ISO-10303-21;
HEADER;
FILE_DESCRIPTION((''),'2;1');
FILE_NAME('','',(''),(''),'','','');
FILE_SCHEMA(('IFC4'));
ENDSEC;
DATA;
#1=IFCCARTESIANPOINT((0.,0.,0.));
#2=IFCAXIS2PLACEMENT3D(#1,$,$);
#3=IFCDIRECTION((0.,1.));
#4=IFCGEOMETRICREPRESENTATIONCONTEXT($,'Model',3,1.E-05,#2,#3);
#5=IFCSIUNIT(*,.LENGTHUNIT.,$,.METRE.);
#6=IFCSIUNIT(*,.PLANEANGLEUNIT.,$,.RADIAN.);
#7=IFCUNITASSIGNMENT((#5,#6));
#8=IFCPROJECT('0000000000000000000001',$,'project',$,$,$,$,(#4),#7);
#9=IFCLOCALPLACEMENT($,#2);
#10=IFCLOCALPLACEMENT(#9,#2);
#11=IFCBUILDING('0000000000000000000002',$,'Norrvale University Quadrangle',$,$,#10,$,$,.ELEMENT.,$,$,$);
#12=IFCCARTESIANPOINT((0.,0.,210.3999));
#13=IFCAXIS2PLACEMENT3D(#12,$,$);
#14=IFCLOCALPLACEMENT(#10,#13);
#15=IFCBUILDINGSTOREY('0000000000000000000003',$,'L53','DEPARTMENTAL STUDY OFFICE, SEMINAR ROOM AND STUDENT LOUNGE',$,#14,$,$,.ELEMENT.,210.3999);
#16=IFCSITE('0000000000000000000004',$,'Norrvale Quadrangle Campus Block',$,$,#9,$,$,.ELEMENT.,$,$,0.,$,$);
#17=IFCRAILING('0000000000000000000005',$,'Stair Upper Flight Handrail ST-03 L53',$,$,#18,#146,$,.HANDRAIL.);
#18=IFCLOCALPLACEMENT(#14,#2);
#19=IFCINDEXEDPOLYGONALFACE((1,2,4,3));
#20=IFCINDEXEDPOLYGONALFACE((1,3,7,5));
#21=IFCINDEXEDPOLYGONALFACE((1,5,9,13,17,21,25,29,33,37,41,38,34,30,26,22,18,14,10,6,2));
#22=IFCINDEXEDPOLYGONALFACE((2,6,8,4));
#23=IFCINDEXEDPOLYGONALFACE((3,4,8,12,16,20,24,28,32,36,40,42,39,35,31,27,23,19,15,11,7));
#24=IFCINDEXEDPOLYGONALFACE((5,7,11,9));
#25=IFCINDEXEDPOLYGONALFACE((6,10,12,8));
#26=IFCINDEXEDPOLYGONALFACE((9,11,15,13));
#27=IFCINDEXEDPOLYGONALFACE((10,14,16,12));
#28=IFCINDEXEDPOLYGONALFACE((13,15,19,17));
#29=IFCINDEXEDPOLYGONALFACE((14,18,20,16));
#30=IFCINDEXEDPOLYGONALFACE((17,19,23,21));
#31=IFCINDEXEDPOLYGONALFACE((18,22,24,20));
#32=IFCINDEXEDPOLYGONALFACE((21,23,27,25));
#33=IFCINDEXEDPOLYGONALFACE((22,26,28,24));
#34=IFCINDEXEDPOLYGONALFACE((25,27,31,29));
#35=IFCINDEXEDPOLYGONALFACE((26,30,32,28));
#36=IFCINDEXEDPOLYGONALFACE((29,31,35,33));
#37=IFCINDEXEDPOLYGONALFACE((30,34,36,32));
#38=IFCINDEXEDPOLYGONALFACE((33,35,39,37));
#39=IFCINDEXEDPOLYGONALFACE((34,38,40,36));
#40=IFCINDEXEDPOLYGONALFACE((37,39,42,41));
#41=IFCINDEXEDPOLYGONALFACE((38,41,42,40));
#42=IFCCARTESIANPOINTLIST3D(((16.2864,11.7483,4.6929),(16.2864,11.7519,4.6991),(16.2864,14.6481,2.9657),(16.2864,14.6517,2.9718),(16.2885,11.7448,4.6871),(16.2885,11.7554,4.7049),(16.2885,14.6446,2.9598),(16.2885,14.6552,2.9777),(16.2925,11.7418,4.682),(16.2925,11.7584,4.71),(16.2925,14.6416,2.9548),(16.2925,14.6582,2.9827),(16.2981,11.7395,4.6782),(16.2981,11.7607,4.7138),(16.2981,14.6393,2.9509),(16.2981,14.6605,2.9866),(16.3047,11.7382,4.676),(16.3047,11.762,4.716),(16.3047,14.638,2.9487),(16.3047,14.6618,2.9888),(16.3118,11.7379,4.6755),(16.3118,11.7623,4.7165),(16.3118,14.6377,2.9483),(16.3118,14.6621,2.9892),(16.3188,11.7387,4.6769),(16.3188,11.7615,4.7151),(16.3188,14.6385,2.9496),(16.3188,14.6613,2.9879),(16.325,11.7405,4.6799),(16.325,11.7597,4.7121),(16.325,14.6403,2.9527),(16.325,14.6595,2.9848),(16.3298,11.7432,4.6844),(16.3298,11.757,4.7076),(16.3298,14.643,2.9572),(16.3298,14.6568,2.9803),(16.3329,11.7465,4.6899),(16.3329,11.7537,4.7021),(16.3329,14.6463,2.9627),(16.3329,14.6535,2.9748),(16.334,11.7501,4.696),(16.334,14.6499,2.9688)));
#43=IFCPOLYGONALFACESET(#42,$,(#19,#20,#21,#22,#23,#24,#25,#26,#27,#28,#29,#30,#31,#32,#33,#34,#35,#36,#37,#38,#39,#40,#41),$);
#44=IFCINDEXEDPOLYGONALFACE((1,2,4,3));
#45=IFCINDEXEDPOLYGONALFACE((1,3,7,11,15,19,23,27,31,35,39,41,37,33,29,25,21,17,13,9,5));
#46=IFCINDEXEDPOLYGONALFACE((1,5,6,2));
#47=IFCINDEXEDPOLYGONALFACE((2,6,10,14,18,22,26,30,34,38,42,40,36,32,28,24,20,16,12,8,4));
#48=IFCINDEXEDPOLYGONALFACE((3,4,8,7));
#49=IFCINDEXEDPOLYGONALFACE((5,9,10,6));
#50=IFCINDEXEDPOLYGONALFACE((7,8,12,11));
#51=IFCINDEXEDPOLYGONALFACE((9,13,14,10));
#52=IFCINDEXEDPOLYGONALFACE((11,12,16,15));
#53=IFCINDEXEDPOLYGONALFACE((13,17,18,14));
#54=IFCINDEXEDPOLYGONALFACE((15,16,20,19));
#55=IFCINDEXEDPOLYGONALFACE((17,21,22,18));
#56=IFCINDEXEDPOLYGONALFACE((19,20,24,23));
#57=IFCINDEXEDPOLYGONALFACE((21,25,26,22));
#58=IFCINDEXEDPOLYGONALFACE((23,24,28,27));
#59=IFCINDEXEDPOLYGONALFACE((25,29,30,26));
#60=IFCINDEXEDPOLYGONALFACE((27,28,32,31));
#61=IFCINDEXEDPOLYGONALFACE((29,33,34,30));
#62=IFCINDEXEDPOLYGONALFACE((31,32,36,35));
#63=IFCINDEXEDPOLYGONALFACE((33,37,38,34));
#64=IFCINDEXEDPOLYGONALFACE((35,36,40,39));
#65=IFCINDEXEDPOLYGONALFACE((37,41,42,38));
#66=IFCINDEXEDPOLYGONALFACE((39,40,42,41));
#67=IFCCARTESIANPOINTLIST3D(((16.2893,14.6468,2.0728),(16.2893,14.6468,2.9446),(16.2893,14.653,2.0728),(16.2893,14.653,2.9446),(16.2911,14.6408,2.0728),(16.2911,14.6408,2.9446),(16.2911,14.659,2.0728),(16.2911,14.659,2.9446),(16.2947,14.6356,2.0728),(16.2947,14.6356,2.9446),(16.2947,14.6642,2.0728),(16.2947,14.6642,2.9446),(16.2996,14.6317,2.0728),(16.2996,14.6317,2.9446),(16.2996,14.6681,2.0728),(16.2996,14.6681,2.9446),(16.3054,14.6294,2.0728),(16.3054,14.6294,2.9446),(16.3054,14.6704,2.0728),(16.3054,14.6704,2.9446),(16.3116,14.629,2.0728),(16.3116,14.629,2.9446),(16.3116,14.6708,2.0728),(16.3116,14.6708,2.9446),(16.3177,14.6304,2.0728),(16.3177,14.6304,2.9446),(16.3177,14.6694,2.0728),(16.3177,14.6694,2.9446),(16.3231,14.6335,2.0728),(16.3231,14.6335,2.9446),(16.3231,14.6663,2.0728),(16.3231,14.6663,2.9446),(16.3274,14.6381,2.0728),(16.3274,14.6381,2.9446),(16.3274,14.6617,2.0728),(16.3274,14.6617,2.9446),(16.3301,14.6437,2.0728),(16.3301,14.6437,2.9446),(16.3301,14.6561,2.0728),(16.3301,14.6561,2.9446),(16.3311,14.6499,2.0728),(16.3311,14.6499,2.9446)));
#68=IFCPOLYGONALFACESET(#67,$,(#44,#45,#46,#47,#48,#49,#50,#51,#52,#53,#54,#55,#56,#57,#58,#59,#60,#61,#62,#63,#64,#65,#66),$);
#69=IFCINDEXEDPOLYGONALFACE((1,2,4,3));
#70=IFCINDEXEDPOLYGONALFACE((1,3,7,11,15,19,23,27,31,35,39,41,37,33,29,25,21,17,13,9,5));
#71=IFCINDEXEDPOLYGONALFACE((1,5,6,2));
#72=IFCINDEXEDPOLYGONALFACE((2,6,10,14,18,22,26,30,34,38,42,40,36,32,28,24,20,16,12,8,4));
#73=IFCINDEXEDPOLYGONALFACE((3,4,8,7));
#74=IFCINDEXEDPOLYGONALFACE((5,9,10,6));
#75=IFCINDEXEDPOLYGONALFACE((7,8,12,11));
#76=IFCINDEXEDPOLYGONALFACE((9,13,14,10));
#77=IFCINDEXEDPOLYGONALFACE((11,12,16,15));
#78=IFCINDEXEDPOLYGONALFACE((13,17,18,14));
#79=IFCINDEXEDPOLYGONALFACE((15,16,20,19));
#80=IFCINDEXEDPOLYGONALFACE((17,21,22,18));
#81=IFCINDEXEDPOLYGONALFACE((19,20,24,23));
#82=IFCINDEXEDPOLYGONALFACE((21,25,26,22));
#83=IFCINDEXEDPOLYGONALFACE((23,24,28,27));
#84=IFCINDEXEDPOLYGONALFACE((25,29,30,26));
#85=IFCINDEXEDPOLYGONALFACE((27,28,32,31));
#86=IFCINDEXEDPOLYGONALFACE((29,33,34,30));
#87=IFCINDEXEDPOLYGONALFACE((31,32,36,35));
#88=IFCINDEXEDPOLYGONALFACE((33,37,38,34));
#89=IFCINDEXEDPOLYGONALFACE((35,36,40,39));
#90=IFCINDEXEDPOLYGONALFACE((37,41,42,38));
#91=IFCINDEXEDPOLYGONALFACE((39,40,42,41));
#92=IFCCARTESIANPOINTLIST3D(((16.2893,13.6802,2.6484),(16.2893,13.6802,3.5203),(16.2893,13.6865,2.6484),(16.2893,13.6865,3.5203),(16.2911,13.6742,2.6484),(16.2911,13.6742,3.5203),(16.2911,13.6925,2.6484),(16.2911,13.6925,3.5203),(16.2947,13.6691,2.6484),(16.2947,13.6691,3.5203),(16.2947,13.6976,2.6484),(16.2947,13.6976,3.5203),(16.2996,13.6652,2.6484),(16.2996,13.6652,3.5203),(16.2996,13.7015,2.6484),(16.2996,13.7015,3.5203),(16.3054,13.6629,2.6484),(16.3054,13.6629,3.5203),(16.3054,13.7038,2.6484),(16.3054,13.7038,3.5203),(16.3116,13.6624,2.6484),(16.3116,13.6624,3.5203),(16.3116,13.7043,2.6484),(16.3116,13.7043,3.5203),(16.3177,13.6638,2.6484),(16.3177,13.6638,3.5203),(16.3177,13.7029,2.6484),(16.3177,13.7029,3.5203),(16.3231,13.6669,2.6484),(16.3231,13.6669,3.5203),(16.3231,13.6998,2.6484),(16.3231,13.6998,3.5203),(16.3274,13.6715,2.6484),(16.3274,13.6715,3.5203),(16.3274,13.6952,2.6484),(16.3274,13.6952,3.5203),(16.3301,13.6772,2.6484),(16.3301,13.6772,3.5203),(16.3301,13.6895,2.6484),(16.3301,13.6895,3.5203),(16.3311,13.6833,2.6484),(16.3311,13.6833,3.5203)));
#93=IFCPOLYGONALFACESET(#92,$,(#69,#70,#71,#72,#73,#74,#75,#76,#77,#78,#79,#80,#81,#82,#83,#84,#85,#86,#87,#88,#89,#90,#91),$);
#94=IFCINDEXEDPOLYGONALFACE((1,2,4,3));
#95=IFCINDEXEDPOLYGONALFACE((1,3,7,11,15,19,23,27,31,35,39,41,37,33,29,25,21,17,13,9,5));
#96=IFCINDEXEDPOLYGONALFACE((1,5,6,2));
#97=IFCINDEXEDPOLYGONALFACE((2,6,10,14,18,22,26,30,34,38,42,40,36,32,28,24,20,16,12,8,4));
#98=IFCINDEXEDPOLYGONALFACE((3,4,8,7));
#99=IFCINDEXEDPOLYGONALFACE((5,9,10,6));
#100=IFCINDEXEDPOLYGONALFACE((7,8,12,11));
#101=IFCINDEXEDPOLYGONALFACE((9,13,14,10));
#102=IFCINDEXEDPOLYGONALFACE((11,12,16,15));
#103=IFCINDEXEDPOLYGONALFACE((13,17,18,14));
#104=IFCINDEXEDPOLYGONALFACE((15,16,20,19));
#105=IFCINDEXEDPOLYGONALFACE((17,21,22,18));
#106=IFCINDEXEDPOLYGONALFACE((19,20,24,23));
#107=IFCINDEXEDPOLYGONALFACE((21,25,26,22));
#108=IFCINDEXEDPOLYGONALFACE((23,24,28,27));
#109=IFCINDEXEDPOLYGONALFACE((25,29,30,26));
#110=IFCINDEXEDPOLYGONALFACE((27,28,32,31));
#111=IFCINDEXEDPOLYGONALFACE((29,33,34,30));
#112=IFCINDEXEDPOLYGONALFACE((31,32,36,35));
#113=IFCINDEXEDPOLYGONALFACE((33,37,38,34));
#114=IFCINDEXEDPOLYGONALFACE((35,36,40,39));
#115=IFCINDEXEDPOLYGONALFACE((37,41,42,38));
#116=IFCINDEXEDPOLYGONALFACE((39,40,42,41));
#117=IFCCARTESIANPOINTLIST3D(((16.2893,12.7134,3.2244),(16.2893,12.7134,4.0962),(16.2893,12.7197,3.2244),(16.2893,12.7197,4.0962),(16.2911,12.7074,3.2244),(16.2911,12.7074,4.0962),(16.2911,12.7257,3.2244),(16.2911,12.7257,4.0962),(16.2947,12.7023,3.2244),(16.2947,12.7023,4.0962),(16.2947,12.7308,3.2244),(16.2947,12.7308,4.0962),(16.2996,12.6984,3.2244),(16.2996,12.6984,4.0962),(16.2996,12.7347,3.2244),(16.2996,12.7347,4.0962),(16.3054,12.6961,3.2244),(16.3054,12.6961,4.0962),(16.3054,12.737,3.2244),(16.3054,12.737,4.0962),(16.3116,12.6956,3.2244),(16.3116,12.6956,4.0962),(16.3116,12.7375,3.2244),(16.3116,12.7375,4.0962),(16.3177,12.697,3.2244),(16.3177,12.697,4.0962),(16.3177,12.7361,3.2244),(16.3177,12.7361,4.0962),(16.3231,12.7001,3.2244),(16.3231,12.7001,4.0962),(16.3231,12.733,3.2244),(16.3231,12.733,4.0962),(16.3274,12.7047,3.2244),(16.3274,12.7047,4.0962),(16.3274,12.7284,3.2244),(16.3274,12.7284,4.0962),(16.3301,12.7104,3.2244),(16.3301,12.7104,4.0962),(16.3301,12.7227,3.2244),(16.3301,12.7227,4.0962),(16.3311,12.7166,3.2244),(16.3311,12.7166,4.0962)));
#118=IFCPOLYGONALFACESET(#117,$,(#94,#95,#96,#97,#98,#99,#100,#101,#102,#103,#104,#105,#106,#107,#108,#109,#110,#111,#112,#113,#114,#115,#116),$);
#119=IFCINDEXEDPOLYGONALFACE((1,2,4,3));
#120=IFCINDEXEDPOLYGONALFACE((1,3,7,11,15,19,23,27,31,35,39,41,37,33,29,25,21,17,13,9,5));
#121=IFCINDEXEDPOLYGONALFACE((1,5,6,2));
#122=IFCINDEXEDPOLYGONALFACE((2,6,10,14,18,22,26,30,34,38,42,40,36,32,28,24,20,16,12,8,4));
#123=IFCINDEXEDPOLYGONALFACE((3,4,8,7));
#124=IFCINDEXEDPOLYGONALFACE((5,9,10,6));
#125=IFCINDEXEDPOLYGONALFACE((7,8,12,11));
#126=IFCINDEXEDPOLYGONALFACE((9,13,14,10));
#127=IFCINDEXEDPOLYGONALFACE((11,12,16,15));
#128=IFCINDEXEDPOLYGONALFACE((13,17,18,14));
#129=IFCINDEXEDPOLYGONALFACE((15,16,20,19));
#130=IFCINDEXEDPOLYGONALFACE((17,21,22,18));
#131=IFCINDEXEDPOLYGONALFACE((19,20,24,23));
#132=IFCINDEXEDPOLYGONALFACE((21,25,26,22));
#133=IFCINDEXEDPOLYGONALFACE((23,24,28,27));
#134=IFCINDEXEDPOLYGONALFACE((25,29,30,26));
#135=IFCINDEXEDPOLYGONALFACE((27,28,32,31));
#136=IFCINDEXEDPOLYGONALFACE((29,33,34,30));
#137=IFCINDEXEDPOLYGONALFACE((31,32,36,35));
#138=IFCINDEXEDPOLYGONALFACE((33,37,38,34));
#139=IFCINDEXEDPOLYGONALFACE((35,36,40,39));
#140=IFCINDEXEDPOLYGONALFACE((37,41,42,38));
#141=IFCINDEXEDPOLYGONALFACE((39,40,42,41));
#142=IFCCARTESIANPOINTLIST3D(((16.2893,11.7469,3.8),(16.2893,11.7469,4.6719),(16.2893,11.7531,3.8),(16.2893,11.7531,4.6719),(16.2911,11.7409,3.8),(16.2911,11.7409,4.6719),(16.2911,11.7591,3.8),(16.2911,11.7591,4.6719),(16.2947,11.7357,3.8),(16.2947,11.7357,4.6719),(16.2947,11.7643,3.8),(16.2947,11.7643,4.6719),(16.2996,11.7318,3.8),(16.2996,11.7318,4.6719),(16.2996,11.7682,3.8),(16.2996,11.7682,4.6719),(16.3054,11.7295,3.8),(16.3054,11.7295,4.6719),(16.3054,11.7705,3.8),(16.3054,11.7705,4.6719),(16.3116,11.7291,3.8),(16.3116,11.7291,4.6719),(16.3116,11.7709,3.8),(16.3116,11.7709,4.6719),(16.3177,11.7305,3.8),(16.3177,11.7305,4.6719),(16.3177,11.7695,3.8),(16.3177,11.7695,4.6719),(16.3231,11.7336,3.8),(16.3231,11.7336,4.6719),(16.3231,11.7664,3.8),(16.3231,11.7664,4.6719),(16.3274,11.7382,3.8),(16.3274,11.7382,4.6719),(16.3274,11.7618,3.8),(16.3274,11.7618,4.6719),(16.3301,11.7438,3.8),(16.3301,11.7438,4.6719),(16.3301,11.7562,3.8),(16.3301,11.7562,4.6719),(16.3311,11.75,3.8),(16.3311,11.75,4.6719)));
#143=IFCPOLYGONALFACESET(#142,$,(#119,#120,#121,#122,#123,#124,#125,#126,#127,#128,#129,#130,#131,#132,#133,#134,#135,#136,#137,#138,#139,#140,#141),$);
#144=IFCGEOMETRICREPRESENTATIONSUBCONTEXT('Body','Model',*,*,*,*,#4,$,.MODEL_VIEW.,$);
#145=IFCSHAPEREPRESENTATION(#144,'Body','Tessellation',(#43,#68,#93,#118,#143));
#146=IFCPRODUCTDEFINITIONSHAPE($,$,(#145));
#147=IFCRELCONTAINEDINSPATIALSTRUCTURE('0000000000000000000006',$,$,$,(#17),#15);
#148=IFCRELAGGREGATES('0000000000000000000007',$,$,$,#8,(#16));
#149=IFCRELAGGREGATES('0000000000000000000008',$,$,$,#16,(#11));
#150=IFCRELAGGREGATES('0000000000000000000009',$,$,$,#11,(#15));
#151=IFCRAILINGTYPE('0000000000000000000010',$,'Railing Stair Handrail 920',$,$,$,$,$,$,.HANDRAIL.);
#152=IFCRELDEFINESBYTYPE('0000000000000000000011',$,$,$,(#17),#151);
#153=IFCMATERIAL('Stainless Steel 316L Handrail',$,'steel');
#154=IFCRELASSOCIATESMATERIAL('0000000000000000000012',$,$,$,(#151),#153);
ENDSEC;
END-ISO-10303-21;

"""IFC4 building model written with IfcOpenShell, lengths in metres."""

from ifc_helpers import new_model, si_unit, direction, frame, origin, origin_2d, place, context, subcontext, project, spatial, circle, extrude, material, type_object, element, save


model = new_model("IFC4")

# Units and contexts
model_context = context("Model", 3, precision=1e-05, world=origin(), true_north=direction((0.0, 1.0)))
body_context = subcontext(model_context, "Body", "Model", "MODEL_VIEW")
ifc_project = project(units=[si_unit("LENGTHUNIT", "METRE"), si_unit("PLANEANGLEUNIT", "RADIAN")], contexts=[model_context])

# Site, building, storey
site_placement = place(None, origin())
site = spatial("IfcSite", under=ifc_project, at=site_placement, Name="Norrvale Quadrangle Campus Block", CompositionType="ELEMENT", RefElevation=0.0)
building_placement = place(site_placement, origin())
building = spatial("IfcBuilding", under=site, at=building_placement, Name="Norrvale University Quadrangle", CompositionType="ELEMENT")
storey_placement = place(building_placement, frame((0.0, 0.0, 210.3999)))
storey = spatial("IfcBuildingStorey", under=building, at=storey_placement, Name="L53", Description="DEPARTMENTAL STUDY OFFICE, SEMINAR ROOM AND STUDENT LOUNGE", CompositionType="ELEMENT", Elevation=210.3999)

# Railing
ifc_material_1 = material(Name="Stainless Steel 316L Handrail", Category="steel")
railing_type_1 = type_object("IfcRailingType", Name="Railing Stair Handrail 920", PredefinedType="HANDRAIL", material=ifc_material_1)
railing_1_placement = place(storey_placement, frame((16.3101, 14.6499, 2.0728)))
element("IfcRailing", 1, at=railing_1_placement, inside=storey, type_object=railing_type_1, Name="Stair Upper Flight Handrail ST-03 L53", PredefinedType="HANDRAIL", context=body_context, shape_type="SweptSolid", body=[
    extrude(circle(Radius=0.0239, at=origin_2d()), frame((0.0, 0.0, 0.896), z_axis=(0.0, -0.859141, 0.511738), x_axis=(1.0, 0.0, 0.0)), (0.0, 0.0, 1.0), 3.3752),
    extrude(circle(Radius=0.021, at=origin_2d()), origin(), (0.0, 0.0, 1.0), 0.8718),
    extrude(circle(Radius=0.021, at=origin_2d()), frame((0.0, -0.9666, 0.5757)), (0.0, 0.0, 1.0), 0.8718),
    extrude(circle(Radius=0.021, at=origin_2d()), frame((0.0, -1.9333, 1.1516)), (0.0, 0.0, 1.0), 0.8718),
    extrude(circle(Radius=0.021, at=origin_2d()), frame((0.0, -2.8999, 1.7273)), (0.0, 0.0, 1.0), 0.8718),
])

save(model, "model.ifc")
